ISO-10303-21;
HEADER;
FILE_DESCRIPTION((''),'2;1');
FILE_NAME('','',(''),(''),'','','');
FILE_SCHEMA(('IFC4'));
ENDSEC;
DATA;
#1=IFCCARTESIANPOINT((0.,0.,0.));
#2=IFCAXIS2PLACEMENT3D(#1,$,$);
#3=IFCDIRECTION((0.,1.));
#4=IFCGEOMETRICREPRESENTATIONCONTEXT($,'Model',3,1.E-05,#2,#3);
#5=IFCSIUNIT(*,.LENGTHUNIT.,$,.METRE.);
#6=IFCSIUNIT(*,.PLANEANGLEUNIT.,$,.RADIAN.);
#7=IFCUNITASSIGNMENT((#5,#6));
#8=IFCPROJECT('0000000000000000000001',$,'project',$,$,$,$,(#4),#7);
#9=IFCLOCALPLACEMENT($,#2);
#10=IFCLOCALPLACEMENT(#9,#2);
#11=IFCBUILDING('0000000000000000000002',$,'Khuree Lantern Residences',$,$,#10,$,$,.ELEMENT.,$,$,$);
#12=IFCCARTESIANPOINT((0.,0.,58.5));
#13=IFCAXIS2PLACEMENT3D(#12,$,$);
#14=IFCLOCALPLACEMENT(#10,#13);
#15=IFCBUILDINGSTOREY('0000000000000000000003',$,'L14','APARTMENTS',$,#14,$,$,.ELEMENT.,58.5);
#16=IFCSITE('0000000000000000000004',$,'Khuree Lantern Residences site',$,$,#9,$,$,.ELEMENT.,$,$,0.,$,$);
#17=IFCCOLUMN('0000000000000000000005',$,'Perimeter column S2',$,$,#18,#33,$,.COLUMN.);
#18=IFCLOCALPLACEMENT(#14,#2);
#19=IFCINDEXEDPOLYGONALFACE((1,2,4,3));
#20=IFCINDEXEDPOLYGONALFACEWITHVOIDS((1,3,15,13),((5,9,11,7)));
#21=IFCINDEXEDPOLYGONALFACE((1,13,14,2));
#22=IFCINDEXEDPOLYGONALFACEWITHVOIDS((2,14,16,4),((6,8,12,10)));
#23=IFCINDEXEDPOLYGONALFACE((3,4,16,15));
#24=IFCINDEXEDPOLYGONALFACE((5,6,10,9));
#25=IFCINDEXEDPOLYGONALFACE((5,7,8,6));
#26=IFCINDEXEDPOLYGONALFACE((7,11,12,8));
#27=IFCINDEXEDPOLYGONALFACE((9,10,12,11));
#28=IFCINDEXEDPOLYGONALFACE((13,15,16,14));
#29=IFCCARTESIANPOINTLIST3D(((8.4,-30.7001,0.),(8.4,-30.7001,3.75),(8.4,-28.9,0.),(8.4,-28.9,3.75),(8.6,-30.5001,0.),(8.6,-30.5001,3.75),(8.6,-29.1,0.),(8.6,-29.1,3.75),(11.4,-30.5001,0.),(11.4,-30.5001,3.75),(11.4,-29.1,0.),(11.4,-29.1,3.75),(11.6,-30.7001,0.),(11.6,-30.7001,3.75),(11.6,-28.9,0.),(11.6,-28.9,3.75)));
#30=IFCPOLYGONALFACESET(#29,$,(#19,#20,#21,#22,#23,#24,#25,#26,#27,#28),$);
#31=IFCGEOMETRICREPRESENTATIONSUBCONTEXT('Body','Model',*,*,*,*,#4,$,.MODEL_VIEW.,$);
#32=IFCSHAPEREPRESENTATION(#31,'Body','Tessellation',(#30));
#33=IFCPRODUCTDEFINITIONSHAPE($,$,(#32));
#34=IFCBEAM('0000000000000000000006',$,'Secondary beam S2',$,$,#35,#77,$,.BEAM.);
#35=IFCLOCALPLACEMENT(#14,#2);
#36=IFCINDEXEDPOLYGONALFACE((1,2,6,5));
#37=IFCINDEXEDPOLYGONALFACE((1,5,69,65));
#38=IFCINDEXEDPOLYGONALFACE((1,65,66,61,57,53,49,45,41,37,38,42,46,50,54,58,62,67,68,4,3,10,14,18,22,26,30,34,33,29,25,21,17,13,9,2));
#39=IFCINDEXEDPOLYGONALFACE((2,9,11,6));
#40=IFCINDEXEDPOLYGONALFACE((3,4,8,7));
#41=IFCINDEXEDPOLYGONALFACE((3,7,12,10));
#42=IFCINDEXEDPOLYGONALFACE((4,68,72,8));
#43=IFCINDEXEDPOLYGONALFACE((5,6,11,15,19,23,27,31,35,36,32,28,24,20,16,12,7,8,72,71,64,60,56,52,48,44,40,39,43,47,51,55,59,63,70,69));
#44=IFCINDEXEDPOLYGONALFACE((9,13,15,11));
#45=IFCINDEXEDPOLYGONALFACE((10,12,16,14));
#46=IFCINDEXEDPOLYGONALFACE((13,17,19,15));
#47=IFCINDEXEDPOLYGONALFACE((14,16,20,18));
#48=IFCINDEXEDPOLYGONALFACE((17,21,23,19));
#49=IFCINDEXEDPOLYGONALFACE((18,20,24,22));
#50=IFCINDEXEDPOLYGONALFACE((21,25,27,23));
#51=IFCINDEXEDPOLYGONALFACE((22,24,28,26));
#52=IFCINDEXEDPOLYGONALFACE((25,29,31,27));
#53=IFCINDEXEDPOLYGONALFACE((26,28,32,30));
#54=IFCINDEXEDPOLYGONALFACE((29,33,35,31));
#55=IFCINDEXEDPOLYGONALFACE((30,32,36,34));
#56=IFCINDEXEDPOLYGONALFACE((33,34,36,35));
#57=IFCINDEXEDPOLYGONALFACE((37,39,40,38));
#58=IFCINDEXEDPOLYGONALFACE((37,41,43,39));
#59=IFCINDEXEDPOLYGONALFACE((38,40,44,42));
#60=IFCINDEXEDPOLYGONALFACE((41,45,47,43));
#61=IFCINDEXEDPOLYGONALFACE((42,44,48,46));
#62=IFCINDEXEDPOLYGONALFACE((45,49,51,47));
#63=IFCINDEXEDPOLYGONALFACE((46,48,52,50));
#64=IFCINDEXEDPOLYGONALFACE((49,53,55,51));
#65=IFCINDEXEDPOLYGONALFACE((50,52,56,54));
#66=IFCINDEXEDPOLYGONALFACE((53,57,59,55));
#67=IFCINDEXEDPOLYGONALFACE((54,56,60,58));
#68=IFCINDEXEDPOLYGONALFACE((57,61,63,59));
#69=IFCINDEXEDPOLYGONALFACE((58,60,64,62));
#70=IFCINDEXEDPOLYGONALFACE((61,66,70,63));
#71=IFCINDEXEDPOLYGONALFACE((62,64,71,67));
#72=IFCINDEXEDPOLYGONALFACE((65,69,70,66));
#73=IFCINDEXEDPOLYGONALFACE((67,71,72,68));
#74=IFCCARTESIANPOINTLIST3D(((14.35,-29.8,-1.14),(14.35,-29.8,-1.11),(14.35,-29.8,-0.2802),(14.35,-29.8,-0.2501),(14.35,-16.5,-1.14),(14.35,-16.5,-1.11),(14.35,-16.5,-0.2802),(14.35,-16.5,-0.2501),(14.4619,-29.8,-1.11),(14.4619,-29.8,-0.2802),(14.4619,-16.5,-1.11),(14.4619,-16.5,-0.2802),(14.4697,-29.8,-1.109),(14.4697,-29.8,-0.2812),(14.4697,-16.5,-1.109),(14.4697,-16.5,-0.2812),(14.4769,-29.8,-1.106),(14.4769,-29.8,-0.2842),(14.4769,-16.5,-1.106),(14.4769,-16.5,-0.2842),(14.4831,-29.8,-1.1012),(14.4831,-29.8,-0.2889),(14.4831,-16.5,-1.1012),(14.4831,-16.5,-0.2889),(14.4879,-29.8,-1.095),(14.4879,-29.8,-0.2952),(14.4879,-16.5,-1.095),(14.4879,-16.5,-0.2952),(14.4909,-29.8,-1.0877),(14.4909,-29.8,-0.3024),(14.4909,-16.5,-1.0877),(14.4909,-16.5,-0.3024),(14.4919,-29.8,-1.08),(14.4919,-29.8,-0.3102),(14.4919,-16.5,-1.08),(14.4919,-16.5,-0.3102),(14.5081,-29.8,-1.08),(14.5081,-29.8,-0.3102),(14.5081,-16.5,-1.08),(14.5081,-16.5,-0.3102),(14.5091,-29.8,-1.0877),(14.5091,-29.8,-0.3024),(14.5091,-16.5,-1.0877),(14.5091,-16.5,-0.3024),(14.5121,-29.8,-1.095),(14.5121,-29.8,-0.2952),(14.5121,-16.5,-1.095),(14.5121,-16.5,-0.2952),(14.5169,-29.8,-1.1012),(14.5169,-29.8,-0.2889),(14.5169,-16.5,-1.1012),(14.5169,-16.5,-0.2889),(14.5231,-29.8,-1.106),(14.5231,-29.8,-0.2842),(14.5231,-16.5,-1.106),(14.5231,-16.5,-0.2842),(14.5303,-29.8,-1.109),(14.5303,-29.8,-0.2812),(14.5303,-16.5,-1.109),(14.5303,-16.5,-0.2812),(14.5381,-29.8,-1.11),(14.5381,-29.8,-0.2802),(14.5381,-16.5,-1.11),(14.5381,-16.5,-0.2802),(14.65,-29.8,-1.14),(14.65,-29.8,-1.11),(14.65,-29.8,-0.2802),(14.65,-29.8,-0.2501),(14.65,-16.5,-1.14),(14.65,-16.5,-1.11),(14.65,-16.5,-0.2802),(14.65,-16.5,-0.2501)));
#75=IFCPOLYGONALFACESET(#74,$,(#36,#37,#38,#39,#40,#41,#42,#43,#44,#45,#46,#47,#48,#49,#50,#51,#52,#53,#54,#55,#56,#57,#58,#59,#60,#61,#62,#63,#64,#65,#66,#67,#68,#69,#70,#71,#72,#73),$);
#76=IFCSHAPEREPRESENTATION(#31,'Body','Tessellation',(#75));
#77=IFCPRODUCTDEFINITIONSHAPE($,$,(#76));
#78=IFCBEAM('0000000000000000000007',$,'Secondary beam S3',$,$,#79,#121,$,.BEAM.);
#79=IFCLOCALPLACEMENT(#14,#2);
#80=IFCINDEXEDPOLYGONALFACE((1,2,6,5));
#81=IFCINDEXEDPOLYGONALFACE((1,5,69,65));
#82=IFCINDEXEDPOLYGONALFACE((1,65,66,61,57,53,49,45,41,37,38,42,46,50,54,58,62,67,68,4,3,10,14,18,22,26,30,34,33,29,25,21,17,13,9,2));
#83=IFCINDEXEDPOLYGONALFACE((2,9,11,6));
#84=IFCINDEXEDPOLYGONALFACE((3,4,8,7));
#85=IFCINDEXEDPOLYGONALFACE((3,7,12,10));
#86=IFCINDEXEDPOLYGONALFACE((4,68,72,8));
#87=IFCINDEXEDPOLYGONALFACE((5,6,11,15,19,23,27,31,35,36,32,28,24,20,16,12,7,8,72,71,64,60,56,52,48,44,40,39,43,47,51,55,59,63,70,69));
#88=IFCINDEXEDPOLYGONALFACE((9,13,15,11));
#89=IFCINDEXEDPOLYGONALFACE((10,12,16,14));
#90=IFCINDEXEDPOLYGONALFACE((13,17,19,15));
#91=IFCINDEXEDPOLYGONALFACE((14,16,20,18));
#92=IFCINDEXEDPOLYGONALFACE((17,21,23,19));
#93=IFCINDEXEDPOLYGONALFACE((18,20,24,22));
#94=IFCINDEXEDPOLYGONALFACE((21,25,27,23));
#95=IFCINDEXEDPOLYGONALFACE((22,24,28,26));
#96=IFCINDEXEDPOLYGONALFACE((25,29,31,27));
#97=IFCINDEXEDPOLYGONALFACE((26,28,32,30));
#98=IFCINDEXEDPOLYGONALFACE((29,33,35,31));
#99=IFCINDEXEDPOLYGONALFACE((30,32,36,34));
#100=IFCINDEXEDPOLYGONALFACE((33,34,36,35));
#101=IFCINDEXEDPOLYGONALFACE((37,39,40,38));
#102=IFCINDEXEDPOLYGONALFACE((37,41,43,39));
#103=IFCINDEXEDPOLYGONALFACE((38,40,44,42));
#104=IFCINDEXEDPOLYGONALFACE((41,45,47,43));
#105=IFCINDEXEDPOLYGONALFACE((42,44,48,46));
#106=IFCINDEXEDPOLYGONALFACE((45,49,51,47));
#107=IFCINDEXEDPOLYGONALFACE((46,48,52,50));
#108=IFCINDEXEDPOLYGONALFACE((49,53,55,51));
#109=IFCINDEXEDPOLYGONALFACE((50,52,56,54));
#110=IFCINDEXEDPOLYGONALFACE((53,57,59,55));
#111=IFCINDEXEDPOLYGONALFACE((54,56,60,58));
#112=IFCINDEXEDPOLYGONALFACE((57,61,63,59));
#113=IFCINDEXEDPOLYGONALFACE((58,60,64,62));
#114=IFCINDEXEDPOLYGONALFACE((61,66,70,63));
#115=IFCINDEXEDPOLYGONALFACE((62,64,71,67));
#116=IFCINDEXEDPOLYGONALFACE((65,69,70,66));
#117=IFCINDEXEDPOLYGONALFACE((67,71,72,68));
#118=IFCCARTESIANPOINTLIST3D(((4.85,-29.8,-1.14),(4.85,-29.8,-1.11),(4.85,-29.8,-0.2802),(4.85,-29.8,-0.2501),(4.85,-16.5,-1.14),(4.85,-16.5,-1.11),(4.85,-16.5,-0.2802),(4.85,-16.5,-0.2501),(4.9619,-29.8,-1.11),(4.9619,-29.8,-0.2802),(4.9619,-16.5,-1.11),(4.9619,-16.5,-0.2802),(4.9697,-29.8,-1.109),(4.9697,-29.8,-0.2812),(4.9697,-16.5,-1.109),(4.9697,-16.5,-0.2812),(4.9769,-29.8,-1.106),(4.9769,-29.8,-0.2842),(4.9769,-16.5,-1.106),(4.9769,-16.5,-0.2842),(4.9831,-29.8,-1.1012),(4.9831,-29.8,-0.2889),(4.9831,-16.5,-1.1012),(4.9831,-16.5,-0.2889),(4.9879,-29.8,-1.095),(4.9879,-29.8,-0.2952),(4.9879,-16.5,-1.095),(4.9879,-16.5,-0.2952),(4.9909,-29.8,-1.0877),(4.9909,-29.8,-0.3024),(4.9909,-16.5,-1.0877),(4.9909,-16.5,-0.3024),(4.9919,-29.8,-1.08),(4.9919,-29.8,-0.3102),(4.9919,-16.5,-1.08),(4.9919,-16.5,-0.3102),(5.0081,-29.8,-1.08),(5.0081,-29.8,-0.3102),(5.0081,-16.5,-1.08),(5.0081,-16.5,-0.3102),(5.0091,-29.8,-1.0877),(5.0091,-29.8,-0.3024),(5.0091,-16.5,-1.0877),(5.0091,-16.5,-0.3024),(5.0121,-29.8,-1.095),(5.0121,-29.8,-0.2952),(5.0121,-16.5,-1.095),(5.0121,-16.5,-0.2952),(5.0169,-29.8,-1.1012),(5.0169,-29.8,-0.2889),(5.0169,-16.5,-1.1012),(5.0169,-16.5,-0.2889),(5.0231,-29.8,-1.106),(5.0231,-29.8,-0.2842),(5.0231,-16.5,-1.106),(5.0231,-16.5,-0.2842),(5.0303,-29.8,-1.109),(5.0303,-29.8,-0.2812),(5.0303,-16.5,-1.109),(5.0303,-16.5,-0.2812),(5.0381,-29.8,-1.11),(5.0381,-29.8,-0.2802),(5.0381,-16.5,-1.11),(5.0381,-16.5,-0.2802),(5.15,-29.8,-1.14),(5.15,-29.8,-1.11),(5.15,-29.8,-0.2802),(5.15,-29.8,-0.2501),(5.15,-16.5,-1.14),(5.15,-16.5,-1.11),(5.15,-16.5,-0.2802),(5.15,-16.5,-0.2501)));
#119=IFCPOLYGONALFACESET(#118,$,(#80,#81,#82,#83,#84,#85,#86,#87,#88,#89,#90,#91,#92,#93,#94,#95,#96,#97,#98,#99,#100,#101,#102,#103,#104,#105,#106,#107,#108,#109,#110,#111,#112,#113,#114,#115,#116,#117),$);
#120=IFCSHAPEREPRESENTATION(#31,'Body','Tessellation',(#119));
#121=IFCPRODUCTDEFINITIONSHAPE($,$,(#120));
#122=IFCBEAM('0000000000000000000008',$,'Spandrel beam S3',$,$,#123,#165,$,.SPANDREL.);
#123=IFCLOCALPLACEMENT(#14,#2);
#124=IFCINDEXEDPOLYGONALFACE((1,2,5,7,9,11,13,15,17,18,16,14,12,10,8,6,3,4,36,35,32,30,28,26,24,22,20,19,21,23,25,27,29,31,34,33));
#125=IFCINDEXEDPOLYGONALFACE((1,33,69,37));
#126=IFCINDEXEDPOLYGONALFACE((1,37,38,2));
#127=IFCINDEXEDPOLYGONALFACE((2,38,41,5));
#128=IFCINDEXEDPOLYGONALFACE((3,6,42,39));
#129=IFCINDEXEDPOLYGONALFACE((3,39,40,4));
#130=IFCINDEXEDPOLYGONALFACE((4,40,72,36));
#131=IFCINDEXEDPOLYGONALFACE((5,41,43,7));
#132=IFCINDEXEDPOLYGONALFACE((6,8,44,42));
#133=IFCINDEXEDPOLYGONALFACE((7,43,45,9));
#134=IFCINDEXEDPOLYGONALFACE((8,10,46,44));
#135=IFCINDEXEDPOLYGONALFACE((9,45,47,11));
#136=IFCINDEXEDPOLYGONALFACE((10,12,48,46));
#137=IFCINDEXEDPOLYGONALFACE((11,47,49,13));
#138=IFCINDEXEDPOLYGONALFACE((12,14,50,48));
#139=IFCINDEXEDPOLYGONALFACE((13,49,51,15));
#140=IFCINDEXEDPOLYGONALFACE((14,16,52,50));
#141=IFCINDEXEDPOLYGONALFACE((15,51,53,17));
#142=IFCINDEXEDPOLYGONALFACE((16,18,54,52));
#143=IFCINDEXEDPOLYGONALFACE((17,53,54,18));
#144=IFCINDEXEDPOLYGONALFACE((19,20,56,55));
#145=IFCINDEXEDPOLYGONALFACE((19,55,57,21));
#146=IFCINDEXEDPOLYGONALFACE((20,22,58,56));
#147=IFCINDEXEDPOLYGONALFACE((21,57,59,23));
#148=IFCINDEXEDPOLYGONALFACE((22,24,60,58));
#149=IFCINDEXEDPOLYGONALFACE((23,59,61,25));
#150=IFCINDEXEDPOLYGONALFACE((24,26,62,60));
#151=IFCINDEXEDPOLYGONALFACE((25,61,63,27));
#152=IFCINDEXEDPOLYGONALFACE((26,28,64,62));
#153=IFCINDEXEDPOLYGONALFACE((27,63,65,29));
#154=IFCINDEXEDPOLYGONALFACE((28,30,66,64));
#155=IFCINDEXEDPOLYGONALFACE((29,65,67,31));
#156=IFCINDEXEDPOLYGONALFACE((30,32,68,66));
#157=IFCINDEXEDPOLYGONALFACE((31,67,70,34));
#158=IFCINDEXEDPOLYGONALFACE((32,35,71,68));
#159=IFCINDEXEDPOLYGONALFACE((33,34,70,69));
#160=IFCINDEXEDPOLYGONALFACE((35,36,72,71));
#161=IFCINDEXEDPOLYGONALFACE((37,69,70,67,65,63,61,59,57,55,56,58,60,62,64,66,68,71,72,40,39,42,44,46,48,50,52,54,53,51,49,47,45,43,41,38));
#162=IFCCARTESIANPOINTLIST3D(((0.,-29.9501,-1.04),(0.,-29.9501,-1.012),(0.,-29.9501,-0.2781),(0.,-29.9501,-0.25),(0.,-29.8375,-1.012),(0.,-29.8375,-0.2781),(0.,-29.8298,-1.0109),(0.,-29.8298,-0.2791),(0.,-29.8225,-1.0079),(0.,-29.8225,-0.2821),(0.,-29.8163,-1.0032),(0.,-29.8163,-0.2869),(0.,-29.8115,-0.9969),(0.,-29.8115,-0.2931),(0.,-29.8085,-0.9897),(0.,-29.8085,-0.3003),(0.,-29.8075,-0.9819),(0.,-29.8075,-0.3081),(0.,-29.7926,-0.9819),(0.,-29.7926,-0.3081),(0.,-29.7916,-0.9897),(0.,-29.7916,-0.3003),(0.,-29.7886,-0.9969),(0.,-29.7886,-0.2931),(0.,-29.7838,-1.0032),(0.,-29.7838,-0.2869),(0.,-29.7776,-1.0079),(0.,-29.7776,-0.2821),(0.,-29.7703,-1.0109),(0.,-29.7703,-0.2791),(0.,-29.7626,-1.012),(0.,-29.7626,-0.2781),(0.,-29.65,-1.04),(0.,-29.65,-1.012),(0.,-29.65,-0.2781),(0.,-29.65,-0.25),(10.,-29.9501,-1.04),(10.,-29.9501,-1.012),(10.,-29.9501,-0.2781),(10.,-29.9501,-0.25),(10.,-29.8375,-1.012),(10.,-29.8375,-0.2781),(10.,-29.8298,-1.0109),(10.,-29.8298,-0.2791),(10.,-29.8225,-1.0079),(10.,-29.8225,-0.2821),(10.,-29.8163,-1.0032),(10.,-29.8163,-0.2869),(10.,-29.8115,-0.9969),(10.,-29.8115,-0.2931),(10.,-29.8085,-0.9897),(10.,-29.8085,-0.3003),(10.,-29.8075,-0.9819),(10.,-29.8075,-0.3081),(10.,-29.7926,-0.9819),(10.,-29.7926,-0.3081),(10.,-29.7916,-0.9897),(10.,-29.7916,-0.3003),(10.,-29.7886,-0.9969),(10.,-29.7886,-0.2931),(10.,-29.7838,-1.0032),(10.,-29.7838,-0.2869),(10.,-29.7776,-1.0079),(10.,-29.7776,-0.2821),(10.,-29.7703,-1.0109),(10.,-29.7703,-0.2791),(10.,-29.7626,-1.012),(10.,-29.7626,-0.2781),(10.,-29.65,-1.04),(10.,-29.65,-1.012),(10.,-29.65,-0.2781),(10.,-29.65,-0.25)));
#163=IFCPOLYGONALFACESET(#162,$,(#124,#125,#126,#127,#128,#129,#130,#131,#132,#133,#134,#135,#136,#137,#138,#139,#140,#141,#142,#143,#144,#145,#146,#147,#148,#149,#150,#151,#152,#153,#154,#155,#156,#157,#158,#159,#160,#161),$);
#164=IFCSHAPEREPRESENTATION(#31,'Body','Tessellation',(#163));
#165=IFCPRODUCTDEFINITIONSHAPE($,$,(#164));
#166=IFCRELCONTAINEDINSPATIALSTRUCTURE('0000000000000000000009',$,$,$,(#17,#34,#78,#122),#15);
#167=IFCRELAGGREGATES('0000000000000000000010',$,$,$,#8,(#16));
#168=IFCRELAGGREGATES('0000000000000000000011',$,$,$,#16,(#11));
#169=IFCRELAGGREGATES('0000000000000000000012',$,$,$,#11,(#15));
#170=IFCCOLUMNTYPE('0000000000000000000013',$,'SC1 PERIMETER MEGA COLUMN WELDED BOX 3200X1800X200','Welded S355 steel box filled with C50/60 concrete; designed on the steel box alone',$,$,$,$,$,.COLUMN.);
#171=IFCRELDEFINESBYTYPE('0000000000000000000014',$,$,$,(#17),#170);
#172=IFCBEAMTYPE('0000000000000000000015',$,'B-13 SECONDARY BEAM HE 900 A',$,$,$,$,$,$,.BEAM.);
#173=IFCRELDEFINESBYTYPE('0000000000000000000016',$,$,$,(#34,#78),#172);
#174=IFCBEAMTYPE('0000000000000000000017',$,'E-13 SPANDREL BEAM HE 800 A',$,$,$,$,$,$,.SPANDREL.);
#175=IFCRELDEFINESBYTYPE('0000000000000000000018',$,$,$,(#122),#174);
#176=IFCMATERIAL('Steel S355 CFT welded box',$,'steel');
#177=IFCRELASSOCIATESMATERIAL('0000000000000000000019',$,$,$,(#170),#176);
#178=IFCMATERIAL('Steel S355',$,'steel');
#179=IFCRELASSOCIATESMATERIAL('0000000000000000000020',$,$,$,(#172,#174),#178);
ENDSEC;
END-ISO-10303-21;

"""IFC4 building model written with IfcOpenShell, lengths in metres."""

from ifc_helpers import new_model, si_unit, direction, frame, origin, origin_2d, place, context, subcontext, project, spatial, hollow_rectangle, i_section, extrude, material, material_profile, profile_set, type_object, element, save


model = new_model("IFC4")

# Units and contexts
model_context = context("Model", 3, precision=1e-05, world=origin(), true_north=direction((0.0, 1.0)))
body_context = subcontext(model_context, "Body", "Model", "MODEL_VIEW")
ifc_project = project(units=[si_unit("LENGTHUNIT", "METRE"), si_unit("PLANEANGLEUNIT", "RADIAN")], contexts=[model_context])

# Site, building, storey
site_placement = place(None, origin())
site = spatial("IfcSite", under=ifc_project, at=site_placement, Name="Khuree Lantern Residences site", CompositionType="ELEMENT", RefElevation=0.0)
building_placement = place(site_placement, origin())
building = spatial("IfcBuilding", under=site, at=building_placement, Name="Khuree Lantern Residences", CompositionType="ELEMENT")
storey_placement = place(building_placement, frame((0.0, 0.0, 58.5)))
storey = spatial("IfcBuildingStorey", under=building, at=storey_placement, Name="L14", Description="APARTMENTS", CompositionType="ELEMENT", Elevation=58.5)

# Column
ifc_material_1 = material(Name="Steel S355 CFT welded box", Category="steel")
ifc_material_profile_1 = material_profile(ifc_material_1, hollow_rectangle(XDim=3.2, YDim=1.8, WallThickness=0.2, at=origin_2d()), Name="WELDED BOX 3200X1800X200")
ifc_profile_set_1 = profile_set([ifc_material_profile_1], Name="Steel S355 CFT welded box")
column_type = type_object("IfcColumnType", Name="SC1 PERIMETER MEGA COLUMN WELDED BOX 3200X1800X200", Description="Welded S355 steel box filled with C50/60 concrete; designed on the steel box alone", PredefinedType="COLUMN", material=ifc_profile_set_1)
column_placement = place(storey_placement, frame((10.0, -29.8, 0.0), z_axis=(0.0, 0.0, 1.0), x_axis=(1.0, 0.0, 0.0)))
element("IfcColumn", 1, at=column_placement, inside=storey, type_object=column_type, Name="Perimeter column S2", PredefinedType="COLUMN", context=body_context, shape_type="SweptSolid", body=[
    extrude(hollow_rectangle(XDim=3.2, YDim=1.8, WallThickness=0.2, at=origin_2d()), origin(), (0.0, 0.0, 1.0), 3.75),
])

# Beams
ifc_material_2 = material(Name="Steel S355", Category="steel")
ifc_material_profile_2 = material_profile(ifc_material_2, i_section(OverallWidth=0.3, OverallDepth=0.8899, WebThickness=0.0161, FlangeThickness=0.03, FilletRadius=0.03, at=origin_2d()), Name="HE 900 A")
ifc_profile_set_2 = profile_set([ifc_material_profile_2], Name="Steel S355")
beam_type_1 = type_object("IfcBeamType", Name="B-13 SECONDARY BEAM HE 900 A", PredefinedType="BEAM", material=ifc_profile_set_2)
for number, where, z_axis, x_axis, name in (
    (2, (14.5, -29.8, -0.6951), (0.0, 1.0, 0.0), (-1.0, 0.0, 0.0), "Secondary beam S2"),
    (3, (5.0, -29.8, -0.6951), (0.0, 1.0, 0.0), (-1.0, 0.0, 0.0), "Secondary beam S3"),
):
    element("IfcBeam", number, at=place(storey_placement, frame(where, z_axis=z_axis, x_axis=x_axis)), inside=storey, type_object=beam_type_1, Name=name, PredefinedType="BEAM", context=body_context, shape_type="SweptSolid", body=[
        extrude(i_section(OverallWidth=0.3, OverallDepth=0.8899, WebThickness=0.0161, FlangeThickness=0.03, FilletRadius=0.03, at=origin_2d()), origin(), (0.0, 0.0, 1.0), 13.3),
    ])
ifc_material_profile_3 = material_profile(ifc_material_2, i_section(OverallWidth=0.3, OverallDepth=0.79, WebThickness=0.0149, FlangeThickness=0.0281, FilletRadius=0.03, at=origin_2d()), Name="HE 800 A")
ifc_profile_set_3 = profile_set([ifc_material_profile_3], Name="Steel S355")
beam_type_2 = type_object("IfcBeamType", Name="E-13 SPANDREL BEAM HE 800 A", PredefinedType="SPANDREL", material=ifc_profile_set_3)
for number, where, z_axis, x_axis, name in (
    (4, (10.0, -29.8, -0.645), (-1.0, 0.0, 0.0), (0.0, -1.0, 0.0), "Spandrel beam S3"),
):
    element("IfcBeam", number, at=place(storey_placement, frame(where, z_axis=z_axis, x_axis=x_axis)), inside=storey, type_object=beam_type_2, Name=name, PredefinedType="SPANDREL", context=body_context, shape_type="SweptSolid", body=[
        extrude(i_section(OverallWidth=0.3, OverallDepth=0.79, WebThickness=0.0149, FlangeThickness=0.0281, FilletRadius=0.03, at=origin_2d()), origin(), (0.0, 0.0, 1.0), 10.0),
    ])

save(model, "model.ifc")
